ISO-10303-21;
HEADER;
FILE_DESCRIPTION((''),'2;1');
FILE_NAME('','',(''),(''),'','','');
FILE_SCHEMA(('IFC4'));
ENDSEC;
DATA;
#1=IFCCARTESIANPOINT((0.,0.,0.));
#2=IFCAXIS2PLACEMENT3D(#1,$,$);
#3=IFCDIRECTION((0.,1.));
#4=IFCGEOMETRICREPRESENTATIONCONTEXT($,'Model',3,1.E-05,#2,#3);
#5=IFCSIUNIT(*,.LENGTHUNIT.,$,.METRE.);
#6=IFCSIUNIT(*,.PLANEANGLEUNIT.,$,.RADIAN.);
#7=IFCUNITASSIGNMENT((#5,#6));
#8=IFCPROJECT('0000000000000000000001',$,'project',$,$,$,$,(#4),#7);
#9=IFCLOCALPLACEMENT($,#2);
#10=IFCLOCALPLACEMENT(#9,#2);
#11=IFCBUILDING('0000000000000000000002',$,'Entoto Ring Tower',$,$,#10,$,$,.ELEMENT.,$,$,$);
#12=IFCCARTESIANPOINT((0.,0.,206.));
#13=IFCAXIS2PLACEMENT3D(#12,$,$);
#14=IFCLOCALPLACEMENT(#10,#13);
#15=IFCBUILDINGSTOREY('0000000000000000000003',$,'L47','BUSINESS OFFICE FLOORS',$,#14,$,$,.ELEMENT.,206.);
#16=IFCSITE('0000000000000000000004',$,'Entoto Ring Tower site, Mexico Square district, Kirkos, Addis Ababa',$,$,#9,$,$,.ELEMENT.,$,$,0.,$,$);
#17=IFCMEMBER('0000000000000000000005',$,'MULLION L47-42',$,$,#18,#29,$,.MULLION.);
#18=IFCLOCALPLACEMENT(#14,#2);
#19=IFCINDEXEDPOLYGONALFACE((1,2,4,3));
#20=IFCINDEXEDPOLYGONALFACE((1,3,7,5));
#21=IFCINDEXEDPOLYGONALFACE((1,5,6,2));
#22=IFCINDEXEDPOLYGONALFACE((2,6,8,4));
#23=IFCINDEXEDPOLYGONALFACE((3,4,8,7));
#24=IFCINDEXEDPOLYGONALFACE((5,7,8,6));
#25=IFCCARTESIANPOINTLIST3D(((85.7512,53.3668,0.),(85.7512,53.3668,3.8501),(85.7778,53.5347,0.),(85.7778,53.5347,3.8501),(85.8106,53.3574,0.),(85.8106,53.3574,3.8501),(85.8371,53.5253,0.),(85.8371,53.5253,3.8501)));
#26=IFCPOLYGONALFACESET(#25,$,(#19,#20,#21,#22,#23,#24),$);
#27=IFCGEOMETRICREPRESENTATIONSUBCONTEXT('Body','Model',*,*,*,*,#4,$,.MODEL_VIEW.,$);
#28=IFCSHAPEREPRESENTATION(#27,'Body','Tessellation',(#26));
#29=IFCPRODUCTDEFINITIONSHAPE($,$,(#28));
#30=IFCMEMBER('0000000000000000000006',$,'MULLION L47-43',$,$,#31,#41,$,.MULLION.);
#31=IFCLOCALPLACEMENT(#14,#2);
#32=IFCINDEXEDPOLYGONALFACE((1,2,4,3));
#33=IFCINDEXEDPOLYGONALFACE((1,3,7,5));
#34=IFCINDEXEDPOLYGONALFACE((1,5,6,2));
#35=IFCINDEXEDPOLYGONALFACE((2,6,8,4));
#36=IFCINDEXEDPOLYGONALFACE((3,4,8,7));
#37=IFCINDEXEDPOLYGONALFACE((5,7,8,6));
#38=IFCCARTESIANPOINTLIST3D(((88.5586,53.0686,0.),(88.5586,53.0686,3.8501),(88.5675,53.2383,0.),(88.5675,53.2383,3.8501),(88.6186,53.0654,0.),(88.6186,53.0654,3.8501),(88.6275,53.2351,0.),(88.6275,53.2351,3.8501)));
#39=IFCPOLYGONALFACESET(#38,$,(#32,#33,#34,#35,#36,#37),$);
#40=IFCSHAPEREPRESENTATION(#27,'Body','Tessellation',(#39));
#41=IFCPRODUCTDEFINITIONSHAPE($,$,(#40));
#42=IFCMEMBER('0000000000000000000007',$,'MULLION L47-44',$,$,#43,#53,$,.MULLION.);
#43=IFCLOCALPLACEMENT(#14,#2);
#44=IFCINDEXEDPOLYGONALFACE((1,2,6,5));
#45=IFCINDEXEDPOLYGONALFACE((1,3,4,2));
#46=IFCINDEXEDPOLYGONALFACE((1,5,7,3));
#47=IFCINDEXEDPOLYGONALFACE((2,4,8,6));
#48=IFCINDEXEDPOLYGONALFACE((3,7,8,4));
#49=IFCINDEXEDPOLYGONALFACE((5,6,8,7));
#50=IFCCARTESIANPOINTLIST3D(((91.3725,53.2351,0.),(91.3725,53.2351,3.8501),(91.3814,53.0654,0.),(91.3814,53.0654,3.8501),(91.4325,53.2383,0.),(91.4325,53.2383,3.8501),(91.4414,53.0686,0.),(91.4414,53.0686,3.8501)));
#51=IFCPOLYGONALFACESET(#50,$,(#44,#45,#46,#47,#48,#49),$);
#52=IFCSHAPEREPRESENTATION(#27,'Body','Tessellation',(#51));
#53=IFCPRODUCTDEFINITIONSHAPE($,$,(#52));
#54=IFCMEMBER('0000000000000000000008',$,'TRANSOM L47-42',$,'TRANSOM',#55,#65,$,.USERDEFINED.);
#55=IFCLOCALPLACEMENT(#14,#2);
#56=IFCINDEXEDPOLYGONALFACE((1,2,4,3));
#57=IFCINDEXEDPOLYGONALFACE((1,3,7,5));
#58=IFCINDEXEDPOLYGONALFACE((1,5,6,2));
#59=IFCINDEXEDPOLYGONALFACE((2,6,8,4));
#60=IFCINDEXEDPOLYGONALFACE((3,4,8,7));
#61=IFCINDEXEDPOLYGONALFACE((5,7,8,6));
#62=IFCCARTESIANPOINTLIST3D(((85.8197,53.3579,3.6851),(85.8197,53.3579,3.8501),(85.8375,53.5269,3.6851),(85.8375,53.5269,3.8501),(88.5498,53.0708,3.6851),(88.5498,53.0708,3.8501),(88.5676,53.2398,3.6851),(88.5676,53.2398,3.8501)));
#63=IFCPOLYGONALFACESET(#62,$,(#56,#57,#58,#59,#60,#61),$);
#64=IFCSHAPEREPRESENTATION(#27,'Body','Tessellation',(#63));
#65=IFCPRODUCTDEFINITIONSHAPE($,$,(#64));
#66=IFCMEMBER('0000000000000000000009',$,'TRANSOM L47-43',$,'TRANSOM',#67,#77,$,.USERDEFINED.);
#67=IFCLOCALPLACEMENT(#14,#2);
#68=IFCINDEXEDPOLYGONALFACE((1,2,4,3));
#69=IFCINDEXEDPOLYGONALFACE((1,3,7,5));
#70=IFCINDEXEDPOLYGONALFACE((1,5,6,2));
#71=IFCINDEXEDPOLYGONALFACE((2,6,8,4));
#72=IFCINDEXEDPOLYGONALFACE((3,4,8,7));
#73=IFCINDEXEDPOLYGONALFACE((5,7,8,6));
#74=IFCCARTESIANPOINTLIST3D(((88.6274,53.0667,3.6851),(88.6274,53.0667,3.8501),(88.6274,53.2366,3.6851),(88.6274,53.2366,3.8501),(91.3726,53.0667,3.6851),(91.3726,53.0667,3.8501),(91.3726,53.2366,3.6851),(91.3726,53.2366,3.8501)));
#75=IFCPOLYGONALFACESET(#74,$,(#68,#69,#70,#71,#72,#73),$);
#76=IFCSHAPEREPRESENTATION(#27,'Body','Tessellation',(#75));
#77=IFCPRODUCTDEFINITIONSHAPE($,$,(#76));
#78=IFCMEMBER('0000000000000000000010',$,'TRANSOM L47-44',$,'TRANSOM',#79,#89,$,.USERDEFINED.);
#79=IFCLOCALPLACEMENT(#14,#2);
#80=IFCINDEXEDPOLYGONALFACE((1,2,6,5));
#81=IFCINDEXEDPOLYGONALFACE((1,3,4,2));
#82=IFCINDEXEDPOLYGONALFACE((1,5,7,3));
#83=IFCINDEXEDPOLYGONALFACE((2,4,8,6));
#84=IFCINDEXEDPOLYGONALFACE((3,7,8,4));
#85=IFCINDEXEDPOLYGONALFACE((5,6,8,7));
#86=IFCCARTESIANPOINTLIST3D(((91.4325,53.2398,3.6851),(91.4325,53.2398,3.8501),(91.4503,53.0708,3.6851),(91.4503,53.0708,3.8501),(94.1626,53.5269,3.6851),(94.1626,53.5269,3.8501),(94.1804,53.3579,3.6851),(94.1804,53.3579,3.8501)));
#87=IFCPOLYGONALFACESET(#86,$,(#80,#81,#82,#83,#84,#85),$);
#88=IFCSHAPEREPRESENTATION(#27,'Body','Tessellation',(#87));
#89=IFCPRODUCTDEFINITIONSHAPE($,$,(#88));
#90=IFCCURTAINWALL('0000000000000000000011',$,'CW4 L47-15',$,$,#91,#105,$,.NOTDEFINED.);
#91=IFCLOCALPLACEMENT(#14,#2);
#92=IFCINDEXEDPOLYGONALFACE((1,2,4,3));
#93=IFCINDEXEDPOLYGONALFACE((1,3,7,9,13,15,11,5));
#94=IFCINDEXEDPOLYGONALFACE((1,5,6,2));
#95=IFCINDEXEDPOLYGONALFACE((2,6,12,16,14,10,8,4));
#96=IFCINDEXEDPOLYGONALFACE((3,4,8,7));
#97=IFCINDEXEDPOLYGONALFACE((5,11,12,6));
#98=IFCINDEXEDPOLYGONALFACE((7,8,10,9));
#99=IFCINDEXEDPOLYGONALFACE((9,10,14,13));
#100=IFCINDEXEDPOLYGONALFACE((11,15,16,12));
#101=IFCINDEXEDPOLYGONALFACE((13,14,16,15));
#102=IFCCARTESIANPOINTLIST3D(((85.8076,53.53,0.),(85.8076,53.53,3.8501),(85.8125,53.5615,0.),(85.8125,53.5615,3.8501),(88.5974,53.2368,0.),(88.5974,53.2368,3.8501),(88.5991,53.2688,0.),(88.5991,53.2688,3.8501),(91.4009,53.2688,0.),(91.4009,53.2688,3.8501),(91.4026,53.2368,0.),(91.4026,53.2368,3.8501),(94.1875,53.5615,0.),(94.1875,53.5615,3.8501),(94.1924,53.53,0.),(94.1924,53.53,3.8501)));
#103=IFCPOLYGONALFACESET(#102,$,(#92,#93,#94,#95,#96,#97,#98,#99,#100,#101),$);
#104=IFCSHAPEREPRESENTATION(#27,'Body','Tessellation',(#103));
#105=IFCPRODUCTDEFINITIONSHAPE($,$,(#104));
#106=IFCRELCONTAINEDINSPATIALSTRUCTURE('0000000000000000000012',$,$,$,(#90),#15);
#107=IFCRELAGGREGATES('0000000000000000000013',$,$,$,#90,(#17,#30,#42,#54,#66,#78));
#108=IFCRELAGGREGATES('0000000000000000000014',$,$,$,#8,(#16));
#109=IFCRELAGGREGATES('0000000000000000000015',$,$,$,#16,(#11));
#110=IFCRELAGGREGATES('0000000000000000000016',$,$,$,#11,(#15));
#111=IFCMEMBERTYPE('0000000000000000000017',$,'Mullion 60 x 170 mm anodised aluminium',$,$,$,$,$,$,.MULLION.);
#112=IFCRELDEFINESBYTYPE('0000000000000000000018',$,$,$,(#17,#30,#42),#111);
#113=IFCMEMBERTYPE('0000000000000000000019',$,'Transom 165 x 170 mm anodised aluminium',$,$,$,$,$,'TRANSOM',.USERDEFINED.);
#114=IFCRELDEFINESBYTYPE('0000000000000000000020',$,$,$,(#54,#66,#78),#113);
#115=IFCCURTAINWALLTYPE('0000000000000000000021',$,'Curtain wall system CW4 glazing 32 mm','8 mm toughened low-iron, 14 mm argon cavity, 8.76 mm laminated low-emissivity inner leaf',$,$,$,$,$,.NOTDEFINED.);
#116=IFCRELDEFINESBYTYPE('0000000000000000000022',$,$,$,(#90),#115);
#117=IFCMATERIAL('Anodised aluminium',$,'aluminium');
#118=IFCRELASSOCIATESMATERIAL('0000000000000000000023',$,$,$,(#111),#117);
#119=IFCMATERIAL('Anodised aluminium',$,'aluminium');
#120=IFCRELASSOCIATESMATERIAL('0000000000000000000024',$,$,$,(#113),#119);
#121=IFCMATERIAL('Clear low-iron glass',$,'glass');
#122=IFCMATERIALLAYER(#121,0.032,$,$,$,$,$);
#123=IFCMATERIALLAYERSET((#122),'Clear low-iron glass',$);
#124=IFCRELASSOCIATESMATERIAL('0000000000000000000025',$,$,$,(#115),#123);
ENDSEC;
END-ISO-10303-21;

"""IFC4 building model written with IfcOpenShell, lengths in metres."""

from ifc_helpers import new_model, si_unit, direction, frame, origin, origin_2d, place, context, subcontext, project, spatial, polyline, rectangle, outline, extrude, material, layer, layer_set, material_profile, profile_set, type_object, element, aggregate, save


model = new_model("IFC4")

# Units and contexts
model_context = context("Model", 3, precision=1e-05, world=origin(), true_north=direction((0.0, 1.0)))
body_context = subcontext(model_context, "Body", "Model", "MODEL_VIEW")
ifc_project = project(units=[si_unit("LENGTHUNIT", "METRE"), si_unit("PLANEANGLEUNIT", "RADIAN")], contexts=[model_context])

# Members
ifc_material_1 = material(Name="Anodised aluminium", Category="aluminium")
ifc_material_profile_1 = material_profile(ifc_material_1, rectangle(XDim=0.0601, YDim=0.1699, at=origin_2d()), Name="Mullion 60 x 170 mm anodised aluminium")
ifc_profile_set_1 = profile_set([ifc_material_profile_1], Name="Anodised aluminium")
member_type_1 = type_object("IfcMemberType", Name="Mullion 60 x 170 mm anodised aluminium", PredefinedType="MULLION", material=ifc_profile_set_1)
site_placement = place(None, origin())
building_placement = place(site_placement, origin())
storey_placement = place(building_placement, frame((0.0, 0.0, 206.0)))
member_1_placement = place(storey_placement, frame((85.7942, 53.446, 0.0), z_axis=(0.0, 0.0, 1.0), x_axis=(0.987688, -0.156434, 0.0)))
member_1 = element("IfcMember", 1, at=member_1_placement, type_object=member_type_1, Name="MULLION L47-42", PredefinedType="MULLION", context=body_context, shape_type="SweptSolid", body=[
    extrude(rectangle(XDim=0.0601, YDim=0.1699, at=origin_2d()), origin(), (0.0, 0.0, 1.0), 3.8501),
])
member_2_placement = place(storey_placement, frame((88.593, 53.1519, 0.0), z_axis=(0.0, 0.0, 1.0), x_axis=(0.99863, -0.052336, 0.0)))
member_2 = element("IfcMember", 2, at=member_2_placement, type_object=member_type_1, Name="MULLION L47-43", PredefinedType="MULLION", context=body_context, shape_type="SweptSolid", body=[
    extrude(rectangle(XDim=0.0601, YDim=0.1699, at=origin_2d()), origin(), (0.0, 0.0, 1.0), 3.8501),
])
member_3_placement = place(storey_placement, frame((91.407, 53.1519, 0.0), z_axis=(0.0, 0.0, 1.0), x_axis=(0.99863, 0.052336, 0.0)))
member_3 = element("IfcMember", 3, at=member_3_placement, type_object=member_type_1, Name="MULLION L47-44", PredefinedType="MULLION", context=body_context, shape_type="SweptSolid", body=[
    extrude(rectangle(XDim=0.0601, YDim=0.1699, at=origin_2d()), origin(), (0.0, 0.0, 1.0), 3.8501),
])
ifc_material_2 = material(Name="Anodised aluminium", Category="aluminium")
ifc_material_profile_2 = material_profile(ifc_material_2, rectangle(XDim=0.1699, YDim=0.165, at=origin_2d()), Name="Transom 165 x 170 mm anodised aluminium")
ifc_profile_set_2 = profile_set([ifc_material_profile_2], Name="Anodised aluminium")
member_type_2 = type_object("IfcMemberType", Name="Transom 165 x 170 mm anodised aluminium", ElementType="TRANSOM", PredefinedType="USERDEFINED", material=ifc_profile_set_2)
member_4_placement = place(storey_placement, frame((85.8286, 53.4424, 3.7676), z_axis=(0.994515, -0.104592, 0.0), x_axis=(0.104592, 0.994515, 0.0)))
member_4 = element("IfcMember", 4, at=member_4_placement, type_object=member_type_2, Name="TRANSOM L47-42", ObjectType="TRANSOM", PredefinedType="USERDEFINED", context=body_context, shape_type="SweptSolid", body=[
    extrude(rectangle(XDim=0.1699, YDim=0.165, at=origin_2d()), origin(), (0.0, 0.0, 1.0), 2.7451),
])
member_5_placement = place(storey_placement, frame((88.6274, 53.1516, 3.7676), z_axis=(1.0, 0.0, 0.0), x_axis=(0.0, 1.0, 0.0)))
member_5 = element("IfcMember", 5, at=member_5_placement, type_object=member_type_2, Name="TRANSOM L47-43", ObjectType="TRANSOM", PredefinedType="USERDEFINED", context=body_context, shape_type="SweptSolid", body=[
    extrude(rectangle(XDim=0.1699, YDim=0.165, at=origin_2d()), origin(), (0.0, 0.0, 1.0), 2.7451),
])
member_6_placement = place(storey_placement, frame((91.4414, 53.1553, 3.7676), z_axis=(0.994515, 0.104592, 0.0), x_axis=(-0.104592, 0.994515, 0.0)))
member_6 = element("IfcMember", 6, at=member_6_placement, type_object=member_type_2, Name="TRANSOM L47-44", ObjectType="TRANSOM", PredefinedType="USERDEFINED", context=body_context, shape_type="SweptSolid", body=[
    extrude(rectangle(XDim=0.1699, YDim=0.165, at=origin_2d()), origin(), (0.0, 0.0, 1.0), 2.7451),
])

# Site, building, storey
site = spatial("IfcSite", under=ifc_project, at=site_placement, Name="Entoto Ring Tower site, Mexico Square district, Kirkos, Addis Ababa", CompositionType="ELEMENT", RefElevation=0.0)
building = spatial("IfcBuilding", under=site, at=building_placement, Name="Entoto Ring Tower", CompositionType="ELEMENT")
storey = spatial("IfcBuildingStorey", under=building, at=storey_placement, Name="L47", Description="BUSINESS OFFICE FLOORS", CompositionType="ELEMENT", Elevation=206.0)

# Curtain wall
ifc_material_3 = material(Name="Clear low-iron glass", Category="glass")
ifc_layer_1 = layer(ifc_material_3, 0.032)
ifc_layer_set_1 = layer_set([ifc_layer_1], Name="Clear low-iron glass")
curtain_wall_type = type_object("IfcCurtainWallType", Name="Curtain wall system CW4 glazing 32 mm", Description="8 mm toughened low-iron, 14 mm argon cavity, 8.76 mm laminated low-emissivity inner leaf", PredefinedType="NOTDEFINED", material=ifc_layer_set_1)
curtain_wall_1_placement = place(storey_placement, origin())
curtain_wall_1 = element("IfcCurtainWall", 7, at=curtain_wall_1_placement, inside=storey, type_object=curtain_wall_type, Name="CW4 L47-15", PredefinedType="NOTDEFINED", context=body_context, shape_type="SweptSolid", body=[
    extrude(outline(polyline([(85.8076, 53.53), (88.5974, 53.2368), (91.4026, 53.2368), (94.1924, 53.53), (94.1875, 53.5615), (91.4009, 53.2688), (88.5991, 53.2688), (85.8125, 53.5615), (85.8076, 53.53)])), origin(), (0.0, 0.0, 1.0), 3.8501),
])
aggregate(curtain_wall_1, [member_1, member_2, member_3, member_4, member_5, member_6])

save(model, "model.ifc")
